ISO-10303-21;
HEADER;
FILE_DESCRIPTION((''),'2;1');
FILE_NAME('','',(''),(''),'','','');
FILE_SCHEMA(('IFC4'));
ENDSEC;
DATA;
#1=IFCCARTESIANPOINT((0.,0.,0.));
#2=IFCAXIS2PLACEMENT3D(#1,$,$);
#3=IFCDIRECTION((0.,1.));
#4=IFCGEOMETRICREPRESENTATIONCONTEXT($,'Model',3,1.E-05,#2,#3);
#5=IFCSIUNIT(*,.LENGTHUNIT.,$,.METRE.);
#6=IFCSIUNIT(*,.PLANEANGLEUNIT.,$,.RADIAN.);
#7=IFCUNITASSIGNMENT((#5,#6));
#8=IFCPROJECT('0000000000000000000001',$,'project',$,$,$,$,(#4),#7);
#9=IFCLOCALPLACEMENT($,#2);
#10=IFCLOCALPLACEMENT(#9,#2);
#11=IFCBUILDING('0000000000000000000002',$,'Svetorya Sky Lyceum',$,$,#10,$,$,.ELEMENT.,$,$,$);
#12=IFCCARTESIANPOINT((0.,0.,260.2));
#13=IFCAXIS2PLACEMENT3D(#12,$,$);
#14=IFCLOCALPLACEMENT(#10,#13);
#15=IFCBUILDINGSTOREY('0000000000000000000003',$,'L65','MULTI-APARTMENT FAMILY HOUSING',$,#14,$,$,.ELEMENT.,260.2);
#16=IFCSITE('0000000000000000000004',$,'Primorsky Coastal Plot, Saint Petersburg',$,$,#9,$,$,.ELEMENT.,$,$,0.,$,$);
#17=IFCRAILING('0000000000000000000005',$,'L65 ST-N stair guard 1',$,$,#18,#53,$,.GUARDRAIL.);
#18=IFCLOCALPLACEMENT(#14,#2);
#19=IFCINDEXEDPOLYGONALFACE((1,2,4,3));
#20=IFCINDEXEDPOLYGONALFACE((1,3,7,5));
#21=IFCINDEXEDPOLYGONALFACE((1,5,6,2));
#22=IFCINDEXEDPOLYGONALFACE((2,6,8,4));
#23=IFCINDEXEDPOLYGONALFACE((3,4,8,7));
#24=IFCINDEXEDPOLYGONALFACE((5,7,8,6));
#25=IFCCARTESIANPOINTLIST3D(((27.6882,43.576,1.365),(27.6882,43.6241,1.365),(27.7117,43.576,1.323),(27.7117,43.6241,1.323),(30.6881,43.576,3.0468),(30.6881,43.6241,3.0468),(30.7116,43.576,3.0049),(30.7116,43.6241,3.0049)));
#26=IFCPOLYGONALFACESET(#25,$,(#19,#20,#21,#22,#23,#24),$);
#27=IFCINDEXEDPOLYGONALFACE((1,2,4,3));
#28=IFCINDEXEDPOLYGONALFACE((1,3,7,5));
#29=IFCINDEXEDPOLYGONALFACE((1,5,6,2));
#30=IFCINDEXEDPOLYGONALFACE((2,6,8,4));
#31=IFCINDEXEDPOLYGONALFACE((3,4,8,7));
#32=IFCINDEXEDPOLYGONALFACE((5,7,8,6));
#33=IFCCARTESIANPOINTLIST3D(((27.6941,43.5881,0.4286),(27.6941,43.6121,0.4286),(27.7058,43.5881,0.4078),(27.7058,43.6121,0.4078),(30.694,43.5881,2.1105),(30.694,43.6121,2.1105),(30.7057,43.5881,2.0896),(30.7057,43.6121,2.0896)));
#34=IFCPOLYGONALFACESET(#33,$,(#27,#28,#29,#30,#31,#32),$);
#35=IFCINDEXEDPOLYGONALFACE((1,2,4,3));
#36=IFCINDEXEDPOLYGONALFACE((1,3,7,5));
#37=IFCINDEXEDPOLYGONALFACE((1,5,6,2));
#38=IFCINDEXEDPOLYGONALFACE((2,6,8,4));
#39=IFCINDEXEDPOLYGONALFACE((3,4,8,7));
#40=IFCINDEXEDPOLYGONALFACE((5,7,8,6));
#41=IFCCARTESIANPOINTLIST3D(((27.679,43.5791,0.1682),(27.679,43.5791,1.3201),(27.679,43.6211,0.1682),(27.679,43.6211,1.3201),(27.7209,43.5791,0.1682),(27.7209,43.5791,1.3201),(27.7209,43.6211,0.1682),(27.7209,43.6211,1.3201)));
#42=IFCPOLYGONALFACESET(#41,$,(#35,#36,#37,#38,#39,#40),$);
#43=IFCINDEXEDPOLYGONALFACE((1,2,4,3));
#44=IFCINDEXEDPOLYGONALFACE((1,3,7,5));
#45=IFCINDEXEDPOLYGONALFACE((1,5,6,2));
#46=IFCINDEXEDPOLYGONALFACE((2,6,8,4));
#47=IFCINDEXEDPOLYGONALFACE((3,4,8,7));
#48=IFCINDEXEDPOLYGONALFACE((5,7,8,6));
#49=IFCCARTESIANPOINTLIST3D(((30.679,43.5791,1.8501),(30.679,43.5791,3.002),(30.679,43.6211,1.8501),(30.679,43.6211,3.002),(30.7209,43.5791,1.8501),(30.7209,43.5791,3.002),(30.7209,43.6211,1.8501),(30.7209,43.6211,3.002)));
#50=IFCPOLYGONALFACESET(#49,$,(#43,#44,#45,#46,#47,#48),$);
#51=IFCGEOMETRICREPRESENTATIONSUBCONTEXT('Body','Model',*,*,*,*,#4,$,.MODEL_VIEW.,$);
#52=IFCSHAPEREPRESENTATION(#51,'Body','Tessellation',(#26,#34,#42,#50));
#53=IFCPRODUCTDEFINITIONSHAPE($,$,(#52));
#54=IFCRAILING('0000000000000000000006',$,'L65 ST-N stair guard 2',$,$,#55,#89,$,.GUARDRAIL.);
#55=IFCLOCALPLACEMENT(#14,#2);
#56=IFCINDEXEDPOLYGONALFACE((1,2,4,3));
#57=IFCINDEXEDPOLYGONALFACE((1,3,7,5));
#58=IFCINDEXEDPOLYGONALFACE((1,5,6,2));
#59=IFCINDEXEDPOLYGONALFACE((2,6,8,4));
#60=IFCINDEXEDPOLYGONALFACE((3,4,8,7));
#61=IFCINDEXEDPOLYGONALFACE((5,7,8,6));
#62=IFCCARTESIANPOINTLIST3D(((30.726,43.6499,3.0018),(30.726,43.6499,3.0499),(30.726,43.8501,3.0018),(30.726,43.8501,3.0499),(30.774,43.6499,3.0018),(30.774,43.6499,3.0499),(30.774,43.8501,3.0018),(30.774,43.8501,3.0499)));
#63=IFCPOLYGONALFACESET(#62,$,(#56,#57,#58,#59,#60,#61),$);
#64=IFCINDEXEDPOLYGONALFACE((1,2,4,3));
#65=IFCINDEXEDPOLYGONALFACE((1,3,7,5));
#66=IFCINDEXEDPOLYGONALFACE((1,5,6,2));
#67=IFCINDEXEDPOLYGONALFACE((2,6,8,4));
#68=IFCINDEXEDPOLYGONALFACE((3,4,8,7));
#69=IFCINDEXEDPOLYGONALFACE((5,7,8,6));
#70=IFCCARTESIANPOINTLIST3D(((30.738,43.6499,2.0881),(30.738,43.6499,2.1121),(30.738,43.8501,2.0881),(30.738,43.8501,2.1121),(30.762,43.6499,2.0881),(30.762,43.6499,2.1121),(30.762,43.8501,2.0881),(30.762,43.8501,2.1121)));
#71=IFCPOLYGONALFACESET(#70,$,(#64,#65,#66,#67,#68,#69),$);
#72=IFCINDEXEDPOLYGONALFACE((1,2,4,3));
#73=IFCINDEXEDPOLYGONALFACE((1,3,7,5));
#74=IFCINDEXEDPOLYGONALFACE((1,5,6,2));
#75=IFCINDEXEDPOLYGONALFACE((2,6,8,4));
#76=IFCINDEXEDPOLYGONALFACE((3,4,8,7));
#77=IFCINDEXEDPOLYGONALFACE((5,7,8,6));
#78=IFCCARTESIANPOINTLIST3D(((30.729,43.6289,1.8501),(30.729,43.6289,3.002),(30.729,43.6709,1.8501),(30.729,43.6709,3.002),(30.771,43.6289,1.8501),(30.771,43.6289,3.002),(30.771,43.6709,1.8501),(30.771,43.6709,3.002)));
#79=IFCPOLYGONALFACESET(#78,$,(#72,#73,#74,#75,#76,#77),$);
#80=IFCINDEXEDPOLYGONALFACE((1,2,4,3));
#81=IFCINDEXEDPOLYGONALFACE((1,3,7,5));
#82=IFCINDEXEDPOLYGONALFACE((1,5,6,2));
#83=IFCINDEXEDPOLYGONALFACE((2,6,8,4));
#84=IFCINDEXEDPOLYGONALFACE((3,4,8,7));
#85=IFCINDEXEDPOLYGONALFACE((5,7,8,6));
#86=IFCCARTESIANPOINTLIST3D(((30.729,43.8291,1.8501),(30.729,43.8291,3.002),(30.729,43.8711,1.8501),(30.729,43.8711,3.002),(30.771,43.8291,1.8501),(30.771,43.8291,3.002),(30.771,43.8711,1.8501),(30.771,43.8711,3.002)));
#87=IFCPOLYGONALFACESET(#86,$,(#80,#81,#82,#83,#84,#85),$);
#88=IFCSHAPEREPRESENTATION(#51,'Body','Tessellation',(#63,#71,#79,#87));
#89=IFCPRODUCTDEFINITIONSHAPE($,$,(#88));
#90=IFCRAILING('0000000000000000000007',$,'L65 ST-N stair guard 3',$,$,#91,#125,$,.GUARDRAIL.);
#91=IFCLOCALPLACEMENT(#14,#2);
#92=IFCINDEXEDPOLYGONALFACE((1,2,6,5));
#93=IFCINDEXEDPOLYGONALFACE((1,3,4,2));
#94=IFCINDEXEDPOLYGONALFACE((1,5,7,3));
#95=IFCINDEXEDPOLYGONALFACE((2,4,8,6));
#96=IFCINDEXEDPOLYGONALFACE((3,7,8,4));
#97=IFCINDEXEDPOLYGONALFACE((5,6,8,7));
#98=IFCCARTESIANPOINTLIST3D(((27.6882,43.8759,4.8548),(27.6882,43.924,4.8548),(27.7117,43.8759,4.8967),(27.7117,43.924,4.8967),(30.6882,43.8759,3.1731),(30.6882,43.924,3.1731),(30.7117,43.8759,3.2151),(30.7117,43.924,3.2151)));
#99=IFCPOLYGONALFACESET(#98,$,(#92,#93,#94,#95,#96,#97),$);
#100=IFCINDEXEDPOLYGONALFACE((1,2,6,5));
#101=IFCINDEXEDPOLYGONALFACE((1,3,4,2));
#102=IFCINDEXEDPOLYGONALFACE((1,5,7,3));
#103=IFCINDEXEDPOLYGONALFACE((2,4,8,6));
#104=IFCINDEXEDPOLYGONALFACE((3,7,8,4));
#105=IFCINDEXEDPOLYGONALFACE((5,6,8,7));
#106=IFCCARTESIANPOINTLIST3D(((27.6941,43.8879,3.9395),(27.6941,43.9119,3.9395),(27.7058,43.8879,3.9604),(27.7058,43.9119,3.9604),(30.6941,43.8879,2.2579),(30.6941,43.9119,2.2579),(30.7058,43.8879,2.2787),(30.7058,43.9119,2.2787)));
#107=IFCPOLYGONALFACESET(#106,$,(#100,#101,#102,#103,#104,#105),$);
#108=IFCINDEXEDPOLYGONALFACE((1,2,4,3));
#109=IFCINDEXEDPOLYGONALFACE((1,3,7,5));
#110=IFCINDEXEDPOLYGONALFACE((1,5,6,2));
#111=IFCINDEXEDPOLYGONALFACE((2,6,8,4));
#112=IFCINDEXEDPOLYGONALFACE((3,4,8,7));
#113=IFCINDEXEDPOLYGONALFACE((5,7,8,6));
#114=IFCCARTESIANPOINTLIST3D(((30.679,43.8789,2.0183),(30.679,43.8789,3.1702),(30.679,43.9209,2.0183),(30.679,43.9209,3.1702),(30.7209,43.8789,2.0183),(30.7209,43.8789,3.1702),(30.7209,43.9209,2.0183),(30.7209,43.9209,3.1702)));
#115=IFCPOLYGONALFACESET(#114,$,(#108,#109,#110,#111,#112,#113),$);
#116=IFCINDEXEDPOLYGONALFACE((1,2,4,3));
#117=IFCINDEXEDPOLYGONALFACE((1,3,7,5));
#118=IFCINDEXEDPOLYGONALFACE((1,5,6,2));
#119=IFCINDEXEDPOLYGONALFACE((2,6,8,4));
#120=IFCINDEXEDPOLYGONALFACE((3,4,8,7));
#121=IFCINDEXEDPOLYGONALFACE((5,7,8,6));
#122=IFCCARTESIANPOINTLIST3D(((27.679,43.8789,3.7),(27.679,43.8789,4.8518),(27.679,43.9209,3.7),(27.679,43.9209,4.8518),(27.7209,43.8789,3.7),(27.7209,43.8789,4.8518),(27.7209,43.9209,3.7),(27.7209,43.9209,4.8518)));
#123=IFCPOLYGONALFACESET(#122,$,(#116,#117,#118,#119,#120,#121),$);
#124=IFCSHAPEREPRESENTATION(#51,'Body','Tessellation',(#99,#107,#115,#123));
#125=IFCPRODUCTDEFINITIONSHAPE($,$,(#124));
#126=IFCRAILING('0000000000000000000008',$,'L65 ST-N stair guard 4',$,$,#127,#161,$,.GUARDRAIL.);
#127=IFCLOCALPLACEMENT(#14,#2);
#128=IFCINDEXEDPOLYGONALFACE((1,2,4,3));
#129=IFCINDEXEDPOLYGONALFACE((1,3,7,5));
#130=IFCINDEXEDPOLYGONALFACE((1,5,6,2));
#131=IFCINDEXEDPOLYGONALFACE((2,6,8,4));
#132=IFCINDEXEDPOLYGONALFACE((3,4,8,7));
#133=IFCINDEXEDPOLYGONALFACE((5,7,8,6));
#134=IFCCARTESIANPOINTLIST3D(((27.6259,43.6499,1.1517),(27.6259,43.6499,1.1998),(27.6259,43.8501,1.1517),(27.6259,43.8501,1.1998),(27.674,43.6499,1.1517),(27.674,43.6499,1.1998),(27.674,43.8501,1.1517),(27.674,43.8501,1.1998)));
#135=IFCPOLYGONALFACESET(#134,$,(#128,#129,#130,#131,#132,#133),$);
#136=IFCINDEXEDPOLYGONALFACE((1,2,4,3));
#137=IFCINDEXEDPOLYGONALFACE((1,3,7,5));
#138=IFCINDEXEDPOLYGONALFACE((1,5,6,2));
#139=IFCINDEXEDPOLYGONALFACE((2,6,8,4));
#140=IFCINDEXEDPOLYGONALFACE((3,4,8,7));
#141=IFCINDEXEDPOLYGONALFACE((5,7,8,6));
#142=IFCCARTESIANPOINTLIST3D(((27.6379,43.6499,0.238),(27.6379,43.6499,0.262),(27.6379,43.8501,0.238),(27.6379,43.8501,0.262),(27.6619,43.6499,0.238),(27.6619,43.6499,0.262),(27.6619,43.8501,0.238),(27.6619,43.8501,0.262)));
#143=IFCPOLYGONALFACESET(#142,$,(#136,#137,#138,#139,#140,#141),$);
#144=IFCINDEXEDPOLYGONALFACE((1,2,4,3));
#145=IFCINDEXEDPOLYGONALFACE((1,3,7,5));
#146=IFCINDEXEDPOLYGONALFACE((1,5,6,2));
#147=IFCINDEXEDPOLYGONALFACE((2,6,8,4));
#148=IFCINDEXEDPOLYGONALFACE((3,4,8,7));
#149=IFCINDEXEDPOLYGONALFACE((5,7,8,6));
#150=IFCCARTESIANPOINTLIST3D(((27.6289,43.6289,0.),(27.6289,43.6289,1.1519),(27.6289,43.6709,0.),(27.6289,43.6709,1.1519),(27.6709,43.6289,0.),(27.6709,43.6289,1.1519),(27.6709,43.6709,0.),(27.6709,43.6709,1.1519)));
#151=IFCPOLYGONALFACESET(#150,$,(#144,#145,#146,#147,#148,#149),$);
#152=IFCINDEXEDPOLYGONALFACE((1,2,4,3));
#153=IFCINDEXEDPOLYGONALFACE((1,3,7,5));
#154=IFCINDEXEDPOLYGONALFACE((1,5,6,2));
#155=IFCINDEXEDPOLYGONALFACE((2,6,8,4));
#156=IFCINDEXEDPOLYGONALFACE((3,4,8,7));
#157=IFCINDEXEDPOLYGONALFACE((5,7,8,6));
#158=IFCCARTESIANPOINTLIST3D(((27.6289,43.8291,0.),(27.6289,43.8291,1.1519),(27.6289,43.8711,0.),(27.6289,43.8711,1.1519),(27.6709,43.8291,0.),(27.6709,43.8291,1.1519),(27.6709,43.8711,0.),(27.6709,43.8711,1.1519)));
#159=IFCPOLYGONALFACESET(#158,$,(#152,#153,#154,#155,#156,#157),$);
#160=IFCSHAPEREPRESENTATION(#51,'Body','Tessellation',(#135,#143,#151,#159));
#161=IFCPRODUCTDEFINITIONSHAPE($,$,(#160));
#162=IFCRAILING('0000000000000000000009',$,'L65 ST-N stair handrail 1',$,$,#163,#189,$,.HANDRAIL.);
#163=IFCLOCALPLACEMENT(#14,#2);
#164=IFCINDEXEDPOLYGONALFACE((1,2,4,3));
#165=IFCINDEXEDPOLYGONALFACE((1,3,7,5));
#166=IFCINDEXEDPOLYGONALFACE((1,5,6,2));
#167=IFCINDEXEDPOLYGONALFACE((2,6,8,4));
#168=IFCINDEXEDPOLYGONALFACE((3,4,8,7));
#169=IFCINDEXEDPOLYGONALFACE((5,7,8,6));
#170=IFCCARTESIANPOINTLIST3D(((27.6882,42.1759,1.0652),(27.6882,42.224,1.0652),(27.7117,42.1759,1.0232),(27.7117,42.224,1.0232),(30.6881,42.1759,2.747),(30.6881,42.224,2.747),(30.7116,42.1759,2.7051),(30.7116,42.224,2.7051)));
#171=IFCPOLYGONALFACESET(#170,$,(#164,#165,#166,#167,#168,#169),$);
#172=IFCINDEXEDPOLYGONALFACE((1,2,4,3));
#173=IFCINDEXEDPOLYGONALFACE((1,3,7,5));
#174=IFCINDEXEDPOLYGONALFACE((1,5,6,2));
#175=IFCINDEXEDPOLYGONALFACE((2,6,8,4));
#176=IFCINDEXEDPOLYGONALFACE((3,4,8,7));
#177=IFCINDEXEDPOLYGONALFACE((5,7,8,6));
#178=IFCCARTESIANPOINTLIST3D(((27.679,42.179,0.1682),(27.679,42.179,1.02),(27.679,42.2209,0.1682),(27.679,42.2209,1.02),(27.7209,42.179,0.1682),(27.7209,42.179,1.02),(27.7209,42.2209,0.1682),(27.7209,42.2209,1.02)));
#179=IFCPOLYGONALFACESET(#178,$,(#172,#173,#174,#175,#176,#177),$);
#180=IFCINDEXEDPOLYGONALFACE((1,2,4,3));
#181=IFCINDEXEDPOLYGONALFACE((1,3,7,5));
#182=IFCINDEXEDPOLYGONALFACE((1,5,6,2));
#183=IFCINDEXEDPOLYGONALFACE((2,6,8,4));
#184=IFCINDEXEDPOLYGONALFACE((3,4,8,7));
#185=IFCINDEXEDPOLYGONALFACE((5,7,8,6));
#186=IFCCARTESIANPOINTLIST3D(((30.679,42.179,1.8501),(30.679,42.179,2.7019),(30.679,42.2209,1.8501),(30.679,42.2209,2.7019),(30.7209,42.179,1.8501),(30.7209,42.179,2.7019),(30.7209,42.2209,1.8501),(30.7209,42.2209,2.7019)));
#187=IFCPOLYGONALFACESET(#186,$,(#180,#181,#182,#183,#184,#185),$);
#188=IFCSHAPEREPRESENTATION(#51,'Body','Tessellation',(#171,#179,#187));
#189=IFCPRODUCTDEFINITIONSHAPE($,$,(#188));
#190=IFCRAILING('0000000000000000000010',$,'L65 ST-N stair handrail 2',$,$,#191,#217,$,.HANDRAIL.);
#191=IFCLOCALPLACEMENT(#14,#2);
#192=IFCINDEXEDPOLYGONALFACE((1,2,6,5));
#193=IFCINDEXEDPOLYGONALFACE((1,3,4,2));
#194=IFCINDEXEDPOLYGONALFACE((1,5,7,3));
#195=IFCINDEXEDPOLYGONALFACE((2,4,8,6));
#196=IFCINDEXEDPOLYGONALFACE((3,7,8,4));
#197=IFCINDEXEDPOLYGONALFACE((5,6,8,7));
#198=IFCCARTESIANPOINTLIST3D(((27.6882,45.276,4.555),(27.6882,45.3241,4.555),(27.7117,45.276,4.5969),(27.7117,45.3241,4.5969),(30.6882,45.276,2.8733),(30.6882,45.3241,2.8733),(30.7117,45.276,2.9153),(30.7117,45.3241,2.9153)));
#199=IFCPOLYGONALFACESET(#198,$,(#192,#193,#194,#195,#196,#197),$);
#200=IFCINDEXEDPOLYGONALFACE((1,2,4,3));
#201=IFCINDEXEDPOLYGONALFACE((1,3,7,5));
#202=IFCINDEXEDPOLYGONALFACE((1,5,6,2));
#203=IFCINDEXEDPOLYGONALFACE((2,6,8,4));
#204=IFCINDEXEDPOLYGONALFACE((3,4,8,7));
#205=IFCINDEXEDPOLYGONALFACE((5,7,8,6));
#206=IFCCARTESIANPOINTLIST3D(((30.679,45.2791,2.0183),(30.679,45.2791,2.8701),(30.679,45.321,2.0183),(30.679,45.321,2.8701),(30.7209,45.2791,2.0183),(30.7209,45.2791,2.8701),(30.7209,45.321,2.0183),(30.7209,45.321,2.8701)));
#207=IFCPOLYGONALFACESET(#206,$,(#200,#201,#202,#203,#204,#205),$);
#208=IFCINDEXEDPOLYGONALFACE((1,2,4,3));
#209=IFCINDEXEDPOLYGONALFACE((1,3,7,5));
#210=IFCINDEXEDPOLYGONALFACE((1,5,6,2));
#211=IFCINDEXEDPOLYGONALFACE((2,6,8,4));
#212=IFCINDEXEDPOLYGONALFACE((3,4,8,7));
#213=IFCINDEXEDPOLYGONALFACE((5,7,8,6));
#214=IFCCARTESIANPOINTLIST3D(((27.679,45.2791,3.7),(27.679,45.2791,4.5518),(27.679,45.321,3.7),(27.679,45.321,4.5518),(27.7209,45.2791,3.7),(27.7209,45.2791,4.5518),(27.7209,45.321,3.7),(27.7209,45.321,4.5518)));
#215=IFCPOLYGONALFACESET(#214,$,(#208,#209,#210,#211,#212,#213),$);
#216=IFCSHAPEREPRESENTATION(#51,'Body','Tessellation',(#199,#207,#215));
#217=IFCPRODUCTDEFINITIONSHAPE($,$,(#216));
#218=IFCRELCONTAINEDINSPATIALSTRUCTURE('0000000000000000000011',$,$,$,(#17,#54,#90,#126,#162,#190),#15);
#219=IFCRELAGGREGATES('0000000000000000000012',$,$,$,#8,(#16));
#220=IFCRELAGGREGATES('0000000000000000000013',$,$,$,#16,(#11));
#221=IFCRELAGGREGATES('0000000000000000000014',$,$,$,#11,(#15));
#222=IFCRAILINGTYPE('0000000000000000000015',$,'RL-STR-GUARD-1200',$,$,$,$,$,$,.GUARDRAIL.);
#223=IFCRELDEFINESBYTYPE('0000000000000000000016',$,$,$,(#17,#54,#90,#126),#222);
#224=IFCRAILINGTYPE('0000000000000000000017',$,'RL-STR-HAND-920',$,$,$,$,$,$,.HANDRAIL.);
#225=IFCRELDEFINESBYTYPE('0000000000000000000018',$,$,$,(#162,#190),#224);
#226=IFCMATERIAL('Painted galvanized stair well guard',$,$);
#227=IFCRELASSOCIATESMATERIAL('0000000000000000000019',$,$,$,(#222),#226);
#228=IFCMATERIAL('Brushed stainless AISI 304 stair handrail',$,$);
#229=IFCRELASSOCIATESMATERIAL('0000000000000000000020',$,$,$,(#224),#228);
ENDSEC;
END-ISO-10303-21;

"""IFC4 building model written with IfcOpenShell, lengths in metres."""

from ifc_helpers import new_model, si_unit, direction, frame, origin, origin_2d, place, context, subcontext, project, spatial, rectangle, extrude, material, type_object, element, save


model = new_model("IFC4")

# Units and contexts
model_context = context("Model", 3, precision=1e-05, world=origin(), true_north=direction((0.0, 1.0)))
body_context = subcontext(model_context, "Body", "Model", "MODEL_VIEW")
ifc_project = project(units=[si_unit("LENGTHUNIT", "METRE"), si_unit("PLANEANGLEUNIT", "RADIAN")], contexts=[model_context])

# Site, building, storey
site_placement = place(None, origin())
site = spatial("IfcSite", under=ifc_project, at=site_placement, Name="Primorsky Coastal Plot, Saint Petersburg", CompositionType="ELEMENT", RefElevation=0.0)
building_placement = place(site_placement, origin())
building = spatial("IfcBuilding", under=site, at=building_placement, Name="Svetorya Sky Lyceum", CompositionType="ELEMENT")
storey_placement = place(building_placement, frame((0.0, 0.0, 260.2)))
storey = spatial("IfcBuildingStorey", under=building, at=storey_placement, Name="L65", Description="MULTI-APARTMENT FAMILY HOUSING", CompositionType="ELEMENT", Elevation=260.2)

# Railings
ifc_material_1 = material(Name="Painted galvanized stair well guard")
railing_type_1 = type_object("IfcRailingType", Name="RL-STR-GUARD-1200", PredefinedType="GUARDRAIL", material=ifc_material_1)
railing_1_placement = place(storey_placement, frame((27.7, 43.6001, 0.1682)))
element("IfcRailing", 1, at=railing_1_placement, inside=storey, type_object=railing_type_1, Name="L65 ST-N stair guard 1", PredefinedType="GUARDRAIL", context=body_context, shape_type="SweptSolid", body=[
    extrude(rectangle(XDim=0.0481, YDim=0.0481, at=origin_2d()), frame((0.0, 0.0, 1.1758), z_axis=(0.872272, 0.0, 0.48902), x_axis=(0.0, 1.0, 0.0)), (0.0, 0.0, 1.0), 3.4392),
    extrude(rectangle(XDim=0.0239, YDim=0.0239, at=origin_2d()), frame((0.0, 0.0, 0.25), z_axis=(0.872272, 0.0, 0.48902), x_axis=(0.0, 1.0, 0.0)), (0.0, 0.0, 1.0), 3.4392),
    extrude(rectangle(XDim=0.042, YDim=0.042, at=origin_2d()), origin(), (0.0, 0.0, 1.0), 1.1519),
    extrude(rectangle(XDim=0.042, YDim=0.042, at=origin_2d()), frame((3.0, 0.0, 1.6819)), (0.0, 0.0, 1.0), 1.1519),
])
railing_2_placement = place(storey_placement, frame((30.75, 43.6499, 1.8501)))
element("IfcRailing", 2, at=railing_2_placement, inside=storey, type_object=railing_type_1, Name="L65 ST-N stair guard 2", PredefinedType="GUARDRAIL", context=body_context, shape_type="SweptSolid", body=[
    extrude(rectangle(XDim=0.0481, YDim=0.0481, at=origin_2d()), frame((0.0, 0.0, 1.1758), z_axis=(0.0, 1.0, 0.0), x_axis=(-1.0, 0.0, 0.0)), (0.0, 0.0, 1.0), 0.2002),
    extrude(rectangle(XDim=0.0239, YDim=0.0239, at=origin_2d()), frame((0.0, 0.0, 0.25), z_axis=(0.0, 1.0, 0.0), x_axis=(-1.0, 0.0, 0.0)), (0.0, 0.0, 1.0), 0.2002),
    extrude(rectangle(XDim=0.042, YDim=0.042, at=origin_2d()), origin(), (0.0, 0.0, 1.0), 1.1519),
    extrude(rectangle(XDim=0.042, YDim=0.042, at=origin_2d()), frame((0.0, 0.2002, 0.0)), (0.0, 0.0, 1.0), 1.1519),
])
railing_3_placement = place(storey_placement, frame((30.7, 43.8999, 2.0183)))
element("IfcRailing", 3, at=railing_3_placement, inside=storey, type_object=railing_type_1, Name="L65 ST-N stair guard 3", PredefinedType="GUARDRAIL", context=body_context, shape_type="SweptSolid", body=[
    extrude(rectangle(XDim=0.0481, YDim=0.0481, at=origin_2d()), frame((0.0, 0.0, 1.1758), z_axis=(-0.872303, 0.0, 0.488966), x_axis=(0.0, -1.0, 0.0)), (0.0, 0.0, 1.0), 3.4392),
    extrude(rectangle(XDim=0.0239, YDim=0.0239, at=origin_2d()), frame((0.0, 0.0, 0.25), z_axis=(-0.872303, 0.0, 0.488966), x_axis=(0.0, -1.0, 0.0)), (0.0, 0.0, 1.0), 3.4392),
    extrude(rectangle(XDim=0.042, YDim=0.042, at=origin_2d()), origin(), (0.0, 0.0, 1.0), 1.1519),
    extrude(rectangle(XDim=0.042, YDim=0.042, at=origin_2d()), frame((-3.0, 0.0, 1.6816)), (0.0, 0.0, 1.0), 1.1519),
])
railing_4_placement = place(storey_placement, frame((27.6499, 43.6499, 0.0)))
element("IfcRailing", 4, at=railing_4_placement, inside=storey, type_object=railing_type_1, Name="L65 ST-N stair guard 4", PredefinedType="GUARDRAIL", context=body_context, shape_type="SweptSolid", body=[
    extrude(rectangle(XDim=0.0481, YDim=0.0481, at=origin_2d()), frame((0.0, 0.0, 1.1758), z_axis=(0.0, 1.0, 0.0), x_axis=(-1.0, 0.0, 0.0)), (0.0, 0.0, 1.0), 0.2002),
    extrude(rectangle(XDim=0.0239, YDim=0.0239, at=origin_2d()), frame((0.0, 0.0, 0.25), z_axis=(0.0, 1.0, 0.0), x_axis=(-1.0, 0.0, 0.0)), (0.0, 0.0, 1.0), 0.2002),
    extrude(rectangle(XDim=0.042, YDim=0.042, at=origin_2d()), origin(), (0.0, 0.0, 1.0), 1.1519),
    extrude(rectangle(XDim=0.042, YDim=0.042, at=origin_2d()), frame((0.0, 0.2002, 0.0)), (0.0, 0.0, 1.0), 1.1519),
])
ifc_material_2 = material(Name="Brushed stainless AISI 304 stair handrail")
railing_type_2 = type_object("IfcRailingType", Name="RL-STR-HAND-920", PredefinedType="HANDRAIL", material=ifc_material_2)
railing_5_placement = place(storey_placement, frame((27.7, 42.2, 0.1682)))
element("IfcRailing", 5, at=railing_5_placement, inside=storey, type_object=railing_type_2, Name="L65 ST-N stair handrail 1", PredefinedType="HANDRAIL", context=body_context, shape_type="SweptSolid", body=[
    extrude(rectangle(XDim=0.0481, YDim=0.0481, at=origin_2d()), frame((0.0, 0.0, 0.876), z_axis=(0.872272, 0.0, 0.48902), x_axis=(0.0, 1.0, 0.0)), (0.0, 0.0, 1.0), 3.4392),
    extrude(rectangle(XDim=0.042, YDim=0.042, at=origin_2d()), origin(), (0.0, 0.0, 1.0), 0.8518),
    extrude(rectangle(XDim=0.042, YDim=0.042, at=origin_2d()), frame((3.0, 0.0, 1.6819)), (0.0, 0.0, 1.0), 0.8518),
])
railing_6_placement = place(storey_placement, frame((30.7, 45.3, 2.0183)))
element("IfcRailing", 6, at=railing_6_placement, inside=storey, type_object=railing_type_2, Name="L65 ST-N stair handrail 2", PredefinedType="HANDRAIL", context=body_context, shape_type="SweptSolid", body=[
    extrude(rectangle(XDim=0.0481, YDim=0.0481, at=origin_2d()), frame((0.0, 0.0, 0.876), z_axis=(-0.872303, 0.0, 0.488966), x_axis=(0.0, -1.0, 0.0)), (0.0, 0.0, 1.0), 3.4392),
    extrude(rectangle(XDim=0.042, YDim=0.042, at=origin_2d()), origin(), (0.0, 0.0, 1.0), 0.8518),
    extrude(rectangle(XDim=0.042, YDim=0.042, at=origin_2d()), frame((-3.0, 0.0, 1.6816)), (0.0, 0.0, 1.0), 0.8518),
])

save(model, "model.ifc")
